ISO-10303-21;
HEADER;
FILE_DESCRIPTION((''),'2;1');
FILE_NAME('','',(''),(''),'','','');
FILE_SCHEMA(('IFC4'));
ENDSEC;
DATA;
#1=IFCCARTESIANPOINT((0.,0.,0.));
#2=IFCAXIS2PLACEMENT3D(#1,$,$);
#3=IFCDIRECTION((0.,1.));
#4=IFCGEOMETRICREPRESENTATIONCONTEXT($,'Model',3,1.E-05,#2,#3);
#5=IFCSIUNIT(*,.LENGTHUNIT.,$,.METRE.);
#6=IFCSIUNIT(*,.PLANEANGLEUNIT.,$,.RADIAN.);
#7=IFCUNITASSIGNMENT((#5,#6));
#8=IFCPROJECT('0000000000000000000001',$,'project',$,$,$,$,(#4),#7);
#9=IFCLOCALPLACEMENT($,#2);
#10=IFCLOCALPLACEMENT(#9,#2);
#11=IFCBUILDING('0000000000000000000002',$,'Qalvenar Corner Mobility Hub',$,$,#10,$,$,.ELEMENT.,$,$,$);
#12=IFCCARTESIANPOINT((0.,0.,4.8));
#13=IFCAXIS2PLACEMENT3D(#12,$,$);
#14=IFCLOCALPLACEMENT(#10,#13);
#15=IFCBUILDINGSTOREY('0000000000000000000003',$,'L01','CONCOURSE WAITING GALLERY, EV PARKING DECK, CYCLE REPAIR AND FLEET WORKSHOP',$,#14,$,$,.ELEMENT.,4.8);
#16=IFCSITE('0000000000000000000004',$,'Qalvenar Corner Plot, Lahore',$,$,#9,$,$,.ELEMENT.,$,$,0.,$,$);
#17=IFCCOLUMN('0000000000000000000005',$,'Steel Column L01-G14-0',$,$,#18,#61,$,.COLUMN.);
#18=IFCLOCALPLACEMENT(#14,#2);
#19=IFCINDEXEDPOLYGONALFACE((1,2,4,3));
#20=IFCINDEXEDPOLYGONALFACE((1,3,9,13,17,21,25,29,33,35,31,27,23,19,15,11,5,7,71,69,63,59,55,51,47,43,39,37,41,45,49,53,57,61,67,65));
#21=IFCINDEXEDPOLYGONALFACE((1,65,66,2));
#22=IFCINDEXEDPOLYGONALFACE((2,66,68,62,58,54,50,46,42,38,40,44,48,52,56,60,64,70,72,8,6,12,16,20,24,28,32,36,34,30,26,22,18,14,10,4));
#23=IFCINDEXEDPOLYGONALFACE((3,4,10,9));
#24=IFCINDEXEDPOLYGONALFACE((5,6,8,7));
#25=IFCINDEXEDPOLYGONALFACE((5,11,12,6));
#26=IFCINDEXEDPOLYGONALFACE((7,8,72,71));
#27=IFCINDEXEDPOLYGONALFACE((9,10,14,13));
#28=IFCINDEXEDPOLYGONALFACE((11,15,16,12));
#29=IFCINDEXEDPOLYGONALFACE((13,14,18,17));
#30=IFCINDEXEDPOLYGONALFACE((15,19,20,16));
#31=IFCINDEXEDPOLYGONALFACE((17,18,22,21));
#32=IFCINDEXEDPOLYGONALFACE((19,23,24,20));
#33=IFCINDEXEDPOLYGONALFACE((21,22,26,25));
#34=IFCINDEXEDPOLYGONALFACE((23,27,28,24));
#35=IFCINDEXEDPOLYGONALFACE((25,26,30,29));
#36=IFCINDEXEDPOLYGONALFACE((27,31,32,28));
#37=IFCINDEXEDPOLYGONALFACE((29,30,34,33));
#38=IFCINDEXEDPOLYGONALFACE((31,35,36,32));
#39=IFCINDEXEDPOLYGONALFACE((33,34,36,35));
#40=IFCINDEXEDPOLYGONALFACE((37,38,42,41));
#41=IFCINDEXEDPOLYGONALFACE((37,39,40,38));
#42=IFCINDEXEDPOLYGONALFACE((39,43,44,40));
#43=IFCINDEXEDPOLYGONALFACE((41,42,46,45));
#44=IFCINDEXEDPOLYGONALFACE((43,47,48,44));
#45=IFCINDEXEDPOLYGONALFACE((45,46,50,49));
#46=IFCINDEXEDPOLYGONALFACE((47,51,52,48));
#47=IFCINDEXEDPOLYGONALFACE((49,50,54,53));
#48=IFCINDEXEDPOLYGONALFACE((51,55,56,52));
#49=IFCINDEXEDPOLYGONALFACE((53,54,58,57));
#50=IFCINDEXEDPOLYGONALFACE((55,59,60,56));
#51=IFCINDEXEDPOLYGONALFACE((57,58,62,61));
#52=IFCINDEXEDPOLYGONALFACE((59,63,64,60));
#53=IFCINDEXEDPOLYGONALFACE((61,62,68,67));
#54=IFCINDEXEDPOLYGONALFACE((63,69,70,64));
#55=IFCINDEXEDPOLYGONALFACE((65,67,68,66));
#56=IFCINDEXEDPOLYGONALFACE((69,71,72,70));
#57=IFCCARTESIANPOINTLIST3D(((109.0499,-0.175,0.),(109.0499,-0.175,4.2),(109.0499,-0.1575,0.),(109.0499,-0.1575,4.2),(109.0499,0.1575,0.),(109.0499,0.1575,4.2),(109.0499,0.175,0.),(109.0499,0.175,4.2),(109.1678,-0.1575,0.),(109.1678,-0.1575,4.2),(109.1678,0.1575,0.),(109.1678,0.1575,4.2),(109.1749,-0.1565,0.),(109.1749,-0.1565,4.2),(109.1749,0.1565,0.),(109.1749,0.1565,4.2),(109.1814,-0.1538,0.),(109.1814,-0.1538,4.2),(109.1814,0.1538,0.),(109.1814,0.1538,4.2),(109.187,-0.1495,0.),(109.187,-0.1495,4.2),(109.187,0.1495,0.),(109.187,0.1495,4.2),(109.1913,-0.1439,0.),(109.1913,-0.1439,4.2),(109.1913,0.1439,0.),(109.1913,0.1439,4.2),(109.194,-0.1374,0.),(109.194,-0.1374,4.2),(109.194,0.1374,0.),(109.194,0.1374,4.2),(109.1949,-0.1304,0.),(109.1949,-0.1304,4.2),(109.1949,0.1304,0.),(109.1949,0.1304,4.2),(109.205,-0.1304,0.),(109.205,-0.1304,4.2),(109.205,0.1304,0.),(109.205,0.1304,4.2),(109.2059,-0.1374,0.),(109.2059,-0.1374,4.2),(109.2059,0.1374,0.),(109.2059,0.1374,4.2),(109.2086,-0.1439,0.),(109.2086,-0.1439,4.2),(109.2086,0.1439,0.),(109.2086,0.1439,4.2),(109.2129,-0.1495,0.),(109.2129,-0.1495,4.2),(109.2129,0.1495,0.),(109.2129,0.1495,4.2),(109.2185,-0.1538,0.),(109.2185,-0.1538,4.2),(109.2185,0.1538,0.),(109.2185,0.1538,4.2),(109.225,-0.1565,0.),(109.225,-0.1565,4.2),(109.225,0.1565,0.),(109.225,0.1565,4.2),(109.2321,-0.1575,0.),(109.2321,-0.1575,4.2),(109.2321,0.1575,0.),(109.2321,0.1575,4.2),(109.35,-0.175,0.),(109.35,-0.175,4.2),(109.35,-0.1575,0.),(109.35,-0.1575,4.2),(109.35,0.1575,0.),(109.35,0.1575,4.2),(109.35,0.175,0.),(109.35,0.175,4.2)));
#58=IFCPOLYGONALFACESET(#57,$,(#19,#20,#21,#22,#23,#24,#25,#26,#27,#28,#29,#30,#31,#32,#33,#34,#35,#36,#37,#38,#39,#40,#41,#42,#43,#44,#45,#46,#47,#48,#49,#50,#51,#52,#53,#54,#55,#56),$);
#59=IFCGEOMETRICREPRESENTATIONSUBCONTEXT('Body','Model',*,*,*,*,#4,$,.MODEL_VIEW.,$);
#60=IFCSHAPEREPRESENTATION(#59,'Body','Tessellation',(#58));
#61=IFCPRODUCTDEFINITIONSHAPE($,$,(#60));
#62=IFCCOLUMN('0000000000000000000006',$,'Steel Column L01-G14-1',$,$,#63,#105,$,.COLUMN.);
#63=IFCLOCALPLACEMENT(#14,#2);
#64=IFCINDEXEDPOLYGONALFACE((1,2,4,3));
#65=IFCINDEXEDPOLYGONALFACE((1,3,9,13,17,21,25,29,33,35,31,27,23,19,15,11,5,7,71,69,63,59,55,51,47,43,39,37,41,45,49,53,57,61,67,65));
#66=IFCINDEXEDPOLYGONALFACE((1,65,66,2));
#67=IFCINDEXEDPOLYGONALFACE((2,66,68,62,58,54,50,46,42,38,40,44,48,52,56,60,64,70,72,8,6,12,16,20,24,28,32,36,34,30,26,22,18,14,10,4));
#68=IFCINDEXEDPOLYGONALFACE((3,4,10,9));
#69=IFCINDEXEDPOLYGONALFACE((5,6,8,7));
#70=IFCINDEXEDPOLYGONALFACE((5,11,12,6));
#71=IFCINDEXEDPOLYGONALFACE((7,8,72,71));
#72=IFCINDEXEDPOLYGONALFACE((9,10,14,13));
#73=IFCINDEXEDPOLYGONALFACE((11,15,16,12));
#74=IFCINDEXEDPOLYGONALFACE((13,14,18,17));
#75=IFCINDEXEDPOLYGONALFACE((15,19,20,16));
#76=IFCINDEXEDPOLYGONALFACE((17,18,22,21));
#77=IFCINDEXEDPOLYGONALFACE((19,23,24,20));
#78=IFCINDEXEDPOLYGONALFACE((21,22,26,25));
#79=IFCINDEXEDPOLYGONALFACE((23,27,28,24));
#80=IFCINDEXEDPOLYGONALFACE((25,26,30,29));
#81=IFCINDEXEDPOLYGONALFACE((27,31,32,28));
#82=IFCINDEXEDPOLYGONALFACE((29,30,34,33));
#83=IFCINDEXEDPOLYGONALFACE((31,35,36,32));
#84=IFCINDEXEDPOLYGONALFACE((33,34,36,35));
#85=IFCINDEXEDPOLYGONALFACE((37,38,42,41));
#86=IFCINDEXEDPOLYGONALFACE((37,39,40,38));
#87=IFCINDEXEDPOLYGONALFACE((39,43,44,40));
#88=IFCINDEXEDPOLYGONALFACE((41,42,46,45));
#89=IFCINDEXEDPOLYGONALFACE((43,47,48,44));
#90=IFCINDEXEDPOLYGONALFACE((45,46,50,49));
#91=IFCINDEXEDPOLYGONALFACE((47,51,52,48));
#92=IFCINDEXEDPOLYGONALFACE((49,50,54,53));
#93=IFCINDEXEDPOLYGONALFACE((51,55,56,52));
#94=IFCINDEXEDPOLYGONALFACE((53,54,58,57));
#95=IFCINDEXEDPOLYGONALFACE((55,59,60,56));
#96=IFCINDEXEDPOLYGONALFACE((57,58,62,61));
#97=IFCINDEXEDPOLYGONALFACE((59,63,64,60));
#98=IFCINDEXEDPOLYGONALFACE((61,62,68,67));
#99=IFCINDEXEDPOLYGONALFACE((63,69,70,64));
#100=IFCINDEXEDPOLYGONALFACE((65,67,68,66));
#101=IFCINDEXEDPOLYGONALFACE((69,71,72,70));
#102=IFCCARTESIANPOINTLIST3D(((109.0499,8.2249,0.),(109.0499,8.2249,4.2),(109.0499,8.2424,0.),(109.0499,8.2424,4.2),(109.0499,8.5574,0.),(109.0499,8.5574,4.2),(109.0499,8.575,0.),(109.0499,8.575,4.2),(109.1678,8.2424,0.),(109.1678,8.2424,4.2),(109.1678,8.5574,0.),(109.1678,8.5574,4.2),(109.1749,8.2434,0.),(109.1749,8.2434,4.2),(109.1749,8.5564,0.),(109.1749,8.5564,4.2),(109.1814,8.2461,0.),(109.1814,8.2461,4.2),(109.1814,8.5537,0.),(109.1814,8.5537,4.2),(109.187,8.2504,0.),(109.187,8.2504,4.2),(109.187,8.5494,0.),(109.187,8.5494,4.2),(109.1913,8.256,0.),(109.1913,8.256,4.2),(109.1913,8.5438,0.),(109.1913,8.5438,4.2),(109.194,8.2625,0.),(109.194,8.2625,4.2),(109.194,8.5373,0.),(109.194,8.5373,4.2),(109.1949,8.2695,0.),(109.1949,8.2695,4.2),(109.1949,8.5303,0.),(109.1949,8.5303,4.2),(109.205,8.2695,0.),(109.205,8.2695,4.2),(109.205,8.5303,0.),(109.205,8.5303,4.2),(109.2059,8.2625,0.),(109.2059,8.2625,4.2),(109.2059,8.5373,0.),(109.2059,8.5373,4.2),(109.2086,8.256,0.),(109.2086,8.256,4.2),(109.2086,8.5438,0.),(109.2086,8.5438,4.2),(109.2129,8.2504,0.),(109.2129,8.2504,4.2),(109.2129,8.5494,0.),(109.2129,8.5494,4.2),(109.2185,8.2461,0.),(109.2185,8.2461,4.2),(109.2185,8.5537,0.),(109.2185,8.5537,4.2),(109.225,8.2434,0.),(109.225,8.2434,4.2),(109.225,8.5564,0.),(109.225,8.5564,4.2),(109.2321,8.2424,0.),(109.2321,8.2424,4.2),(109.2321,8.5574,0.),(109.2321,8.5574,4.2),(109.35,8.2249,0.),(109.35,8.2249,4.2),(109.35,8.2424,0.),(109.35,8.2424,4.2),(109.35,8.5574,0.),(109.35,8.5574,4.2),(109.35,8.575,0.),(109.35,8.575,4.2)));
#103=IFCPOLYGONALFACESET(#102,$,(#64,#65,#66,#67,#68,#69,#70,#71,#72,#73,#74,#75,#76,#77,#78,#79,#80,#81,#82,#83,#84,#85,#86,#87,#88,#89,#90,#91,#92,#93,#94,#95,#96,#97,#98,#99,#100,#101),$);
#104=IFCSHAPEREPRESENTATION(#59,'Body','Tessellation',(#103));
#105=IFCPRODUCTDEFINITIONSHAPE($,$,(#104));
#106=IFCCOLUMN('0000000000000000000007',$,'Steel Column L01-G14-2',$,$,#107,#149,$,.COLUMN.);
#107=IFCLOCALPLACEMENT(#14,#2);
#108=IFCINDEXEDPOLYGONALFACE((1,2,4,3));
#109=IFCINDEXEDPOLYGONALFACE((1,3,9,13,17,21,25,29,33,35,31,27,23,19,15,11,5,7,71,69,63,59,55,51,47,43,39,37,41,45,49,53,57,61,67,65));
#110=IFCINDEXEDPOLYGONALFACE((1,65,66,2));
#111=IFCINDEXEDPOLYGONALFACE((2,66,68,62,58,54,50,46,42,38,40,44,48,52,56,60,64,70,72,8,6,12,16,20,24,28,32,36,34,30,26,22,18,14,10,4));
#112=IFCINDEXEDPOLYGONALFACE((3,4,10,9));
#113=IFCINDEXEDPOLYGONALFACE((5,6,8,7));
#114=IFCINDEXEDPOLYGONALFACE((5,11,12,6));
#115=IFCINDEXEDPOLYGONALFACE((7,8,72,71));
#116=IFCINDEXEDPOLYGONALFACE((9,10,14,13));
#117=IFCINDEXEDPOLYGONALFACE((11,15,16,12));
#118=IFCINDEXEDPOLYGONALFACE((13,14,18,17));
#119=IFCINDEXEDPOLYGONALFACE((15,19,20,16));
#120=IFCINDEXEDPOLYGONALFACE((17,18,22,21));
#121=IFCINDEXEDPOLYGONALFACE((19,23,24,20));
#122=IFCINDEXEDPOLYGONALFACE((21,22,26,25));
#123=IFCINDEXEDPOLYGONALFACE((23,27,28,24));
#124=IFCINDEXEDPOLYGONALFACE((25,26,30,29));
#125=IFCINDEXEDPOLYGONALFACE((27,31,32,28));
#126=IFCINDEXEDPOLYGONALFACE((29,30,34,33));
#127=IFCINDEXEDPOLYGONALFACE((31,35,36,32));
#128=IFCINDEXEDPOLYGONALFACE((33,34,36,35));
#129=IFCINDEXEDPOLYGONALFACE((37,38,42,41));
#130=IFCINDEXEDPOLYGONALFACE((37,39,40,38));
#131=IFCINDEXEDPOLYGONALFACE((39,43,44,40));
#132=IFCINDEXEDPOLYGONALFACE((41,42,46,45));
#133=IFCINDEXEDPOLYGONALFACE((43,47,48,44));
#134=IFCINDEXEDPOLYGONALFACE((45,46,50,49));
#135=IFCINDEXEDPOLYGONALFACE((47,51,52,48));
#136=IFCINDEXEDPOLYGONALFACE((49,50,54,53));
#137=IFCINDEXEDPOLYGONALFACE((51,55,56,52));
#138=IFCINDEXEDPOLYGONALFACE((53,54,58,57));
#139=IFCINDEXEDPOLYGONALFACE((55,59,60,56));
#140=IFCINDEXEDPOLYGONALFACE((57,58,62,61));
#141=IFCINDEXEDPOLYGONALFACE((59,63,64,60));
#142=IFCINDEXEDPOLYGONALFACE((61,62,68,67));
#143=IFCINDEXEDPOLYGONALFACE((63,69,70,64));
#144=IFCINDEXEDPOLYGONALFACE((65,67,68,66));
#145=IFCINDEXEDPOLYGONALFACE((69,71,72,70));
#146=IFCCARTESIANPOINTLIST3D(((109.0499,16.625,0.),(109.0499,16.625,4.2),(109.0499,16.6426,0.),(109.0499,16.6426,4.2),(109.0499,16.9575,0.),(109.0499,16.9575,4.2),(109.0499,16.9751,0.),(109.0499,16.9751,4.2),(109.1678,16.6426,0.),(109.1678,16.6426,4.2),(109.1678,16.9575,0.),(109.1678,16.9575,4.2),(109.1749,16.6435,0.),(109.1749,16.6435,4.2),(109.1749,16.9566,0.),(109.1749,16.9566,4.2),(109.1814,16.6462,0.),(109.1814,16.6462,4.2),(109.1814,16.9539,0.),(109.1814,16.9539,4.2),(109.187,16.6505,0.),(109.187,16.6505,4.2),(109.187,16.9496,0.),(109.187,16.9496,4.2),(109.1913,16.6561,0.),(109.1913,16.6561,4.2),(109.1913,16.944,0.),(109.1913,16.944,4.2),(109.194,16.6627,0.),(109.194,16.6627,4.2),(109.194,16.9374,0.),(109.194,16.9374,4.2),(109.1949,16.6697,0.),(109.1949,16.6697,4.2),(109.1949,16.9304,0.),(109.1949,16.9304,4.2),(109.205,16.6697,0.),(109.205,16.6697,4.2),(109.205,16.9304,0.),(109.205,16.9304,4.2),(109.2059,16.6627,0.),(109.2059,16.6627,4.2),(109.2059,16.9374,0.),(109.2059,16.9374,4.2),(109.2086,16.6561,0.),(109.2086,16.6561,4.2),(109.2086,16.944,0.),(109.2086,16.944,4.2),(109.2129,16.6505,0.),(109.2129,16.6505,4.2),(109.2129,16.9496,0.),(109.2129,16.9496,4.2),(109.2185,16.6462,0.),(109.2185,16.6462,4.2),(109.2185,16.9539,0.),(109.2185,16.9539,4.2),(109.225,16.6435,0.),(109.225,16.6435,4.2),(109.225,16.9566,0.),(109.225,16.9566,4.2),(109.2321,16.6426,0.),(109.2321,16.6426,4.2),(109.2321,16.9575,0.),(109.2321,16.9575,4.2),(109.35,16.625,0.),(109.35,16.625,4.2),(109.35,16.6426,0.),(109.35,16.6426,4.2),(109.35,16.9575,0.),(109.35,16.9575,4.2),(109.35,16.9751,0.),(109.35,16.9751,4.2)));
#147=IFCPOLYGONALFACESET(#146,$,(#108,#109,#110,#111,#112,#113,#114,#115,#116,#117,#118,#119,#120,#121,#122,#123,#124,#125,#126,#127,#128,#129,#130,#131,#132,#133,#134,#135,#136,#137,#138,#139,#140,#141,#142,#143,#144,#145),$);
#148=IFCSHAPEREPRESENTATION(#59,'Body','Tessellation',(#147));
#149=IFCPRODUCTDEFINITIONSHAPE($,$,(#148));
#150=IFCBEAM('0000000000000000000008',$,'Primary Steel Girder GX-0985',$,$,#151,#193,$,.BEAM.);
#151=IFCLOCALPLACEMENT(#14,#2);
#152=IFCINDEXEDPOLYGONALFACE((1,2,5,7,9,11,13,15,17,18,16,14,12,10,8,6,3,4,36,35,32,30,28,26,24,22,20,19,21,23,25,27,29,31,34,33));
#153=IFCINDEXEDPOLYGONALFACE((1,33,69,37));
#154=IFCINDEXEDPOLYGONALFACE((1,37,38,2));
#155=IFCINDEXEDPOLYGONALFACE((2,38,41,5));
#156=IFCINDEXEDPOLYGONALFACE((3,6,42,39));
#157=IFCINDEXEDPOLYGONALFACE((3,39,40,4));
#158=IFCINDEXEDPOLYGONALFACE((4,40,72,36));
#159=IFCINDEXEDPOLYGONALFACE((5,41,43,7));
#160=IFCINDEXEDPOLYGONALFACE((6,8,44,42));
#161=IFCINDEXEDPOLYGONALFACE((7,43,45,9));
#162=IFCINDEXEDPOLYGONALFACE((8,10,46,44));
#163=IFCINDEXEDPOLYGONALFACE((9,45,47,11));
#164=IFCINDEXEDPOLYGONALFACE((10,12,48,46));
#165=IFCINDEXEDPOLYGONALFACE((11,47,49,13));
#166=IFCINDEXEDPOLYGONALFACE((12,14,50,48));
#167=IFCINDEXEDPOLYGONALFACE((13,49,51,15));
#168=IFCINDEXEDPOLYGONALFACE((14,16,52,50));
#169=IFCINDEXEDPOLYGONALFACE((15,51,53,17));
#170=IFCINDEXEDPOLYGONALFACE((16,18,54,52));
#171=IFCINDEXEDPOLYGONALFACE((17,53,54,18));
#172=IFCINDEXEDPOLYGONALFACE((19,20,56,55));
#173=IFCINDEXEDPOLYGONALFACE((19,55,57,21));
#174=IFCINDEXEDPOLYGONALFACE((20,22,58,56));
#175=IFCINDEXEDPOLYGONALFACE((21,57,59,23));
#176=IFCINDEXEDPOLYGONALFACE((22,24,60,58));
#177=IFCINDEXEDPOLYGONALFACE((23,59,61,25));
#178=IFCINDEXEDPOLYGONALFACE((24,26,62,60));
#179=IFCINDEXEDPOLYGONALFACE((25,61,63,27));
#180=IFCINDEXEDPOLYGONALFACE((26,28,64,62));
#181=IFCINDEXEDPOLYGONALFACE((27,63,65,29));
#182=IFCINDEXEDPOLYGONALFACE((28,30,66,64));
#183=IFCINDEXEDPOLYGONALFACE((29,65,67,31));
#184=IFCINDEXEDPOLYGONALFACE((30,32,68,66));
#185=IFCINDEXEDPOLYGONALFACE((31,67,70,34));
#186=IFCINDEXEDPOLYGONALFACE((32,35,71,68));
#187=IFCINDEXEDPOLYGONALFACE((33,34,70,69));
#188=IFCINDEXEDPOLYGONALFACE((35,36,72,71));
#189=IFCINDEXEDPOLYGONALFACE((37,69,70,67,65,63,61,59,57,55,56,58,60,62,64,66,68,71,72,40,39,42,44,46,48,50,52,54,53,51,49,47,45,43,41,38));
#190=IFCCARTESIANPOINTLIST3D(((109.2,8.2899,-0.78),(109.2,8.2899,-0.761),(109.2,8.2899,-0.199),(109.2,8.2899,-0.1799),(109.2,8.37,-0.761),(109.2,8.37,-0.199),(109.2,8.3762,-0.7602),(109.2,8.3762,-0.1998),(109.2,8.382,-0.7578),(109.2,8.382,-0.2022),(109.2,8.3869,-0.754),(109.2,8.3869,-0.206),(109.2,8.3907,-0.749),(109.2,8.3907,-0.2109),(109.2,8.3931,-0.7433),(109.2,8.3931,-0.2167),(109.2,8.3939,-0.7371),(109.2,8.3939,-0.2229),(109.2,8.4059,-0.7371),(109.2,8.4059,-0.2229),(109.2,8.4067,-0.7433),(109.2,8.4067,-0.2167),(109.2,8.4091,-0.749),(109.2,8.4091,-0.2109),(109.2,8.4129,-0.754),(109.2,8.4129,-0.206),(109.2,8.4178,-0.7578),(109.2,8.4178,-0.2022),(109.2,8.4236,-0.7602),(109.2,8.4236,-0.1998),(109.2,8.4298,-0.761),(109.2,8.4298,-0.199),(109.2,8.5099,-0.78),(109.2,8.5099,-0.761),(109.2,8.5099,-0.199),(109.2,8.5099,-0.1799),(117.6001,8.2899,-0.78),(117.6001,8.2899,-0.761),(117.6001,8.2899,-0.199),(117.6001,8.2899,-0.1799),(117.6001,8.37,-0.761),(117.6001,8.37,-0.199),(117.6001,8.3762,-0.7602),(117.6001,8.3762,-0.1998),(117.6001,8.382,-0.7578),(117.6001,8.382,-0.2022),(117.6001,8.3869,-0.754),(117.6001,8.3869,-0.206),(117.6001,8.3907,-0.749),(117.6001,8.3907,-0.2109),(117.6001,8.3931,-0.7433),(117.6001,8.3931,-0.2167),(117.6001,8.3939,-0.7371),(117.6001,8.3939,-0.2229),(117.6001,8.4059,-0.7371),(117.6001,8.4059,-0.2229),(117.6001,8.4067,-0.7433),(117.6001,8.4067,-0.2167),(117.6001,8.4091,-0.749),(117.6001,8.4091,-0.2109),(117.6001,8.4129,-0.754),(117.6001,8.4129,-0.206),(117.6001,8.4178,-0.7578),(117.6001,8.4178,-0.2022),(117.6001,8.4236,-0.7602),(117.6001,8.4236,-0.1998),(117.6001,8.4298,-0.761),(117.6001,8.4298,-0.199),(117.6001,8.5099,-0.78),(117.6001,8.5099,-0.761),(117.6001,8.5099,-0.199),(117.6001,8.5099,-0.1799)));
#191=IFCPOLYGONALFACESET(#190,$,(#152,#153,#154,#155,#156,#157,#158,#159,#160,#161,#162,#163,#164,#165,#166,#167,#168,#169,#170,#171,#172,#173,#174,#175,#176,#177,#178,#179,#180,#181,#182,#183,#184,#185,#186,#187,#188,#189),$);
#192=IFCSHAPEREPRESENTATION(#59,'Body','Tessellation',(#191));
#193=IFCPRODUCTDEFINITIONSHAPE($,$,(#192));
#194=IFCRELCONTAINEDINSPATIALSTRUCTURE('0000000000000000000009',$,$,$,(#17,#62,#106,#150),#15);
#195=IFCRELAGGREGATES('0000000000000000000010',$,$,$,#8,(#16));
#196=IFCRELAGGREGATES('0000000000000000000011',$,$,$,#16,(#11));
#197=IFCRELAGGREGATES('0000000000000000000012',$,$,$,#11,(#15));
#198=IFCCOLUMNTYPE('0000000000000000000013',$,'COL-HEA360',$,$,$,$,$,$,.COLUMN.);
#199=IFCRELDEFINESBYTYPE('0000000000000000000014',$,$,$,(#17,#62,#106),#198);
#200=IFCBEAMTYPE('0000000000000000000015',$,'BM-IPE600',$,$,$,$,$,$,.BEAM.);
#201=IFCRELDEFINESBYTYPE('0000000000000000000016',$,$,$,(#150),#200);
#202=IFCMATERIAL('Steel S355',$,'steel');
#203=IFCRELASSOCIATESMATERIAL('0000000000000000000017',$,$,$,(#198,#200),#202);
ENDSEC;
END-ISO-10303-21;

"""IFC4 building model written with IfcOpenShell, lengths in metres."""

from ifc_helpers import new_model, si_unit, direction, frame, origin, origin_2d, place, context, subcontext, project, spatial, i_section, extrude, material, material_profile, profile_set, type_object, element, save


model = new_model("IFC4")

# Units and contexts
model_context = context("Model", 3, precision=1e-05, world=origin(), true_north=direction((0.0, 1.0)))
body_context = subcontext(model_context, "Body", "Model", "MODEL_VIEW")
ifc_project = project(units=[si_unit("LENGTHUNIT", "METRE"), si_unit("PLANEANGLEUNIT", "RADIAN")], contexts=[model_context])

# Site, building, storey
site_placement = place(None, origin())
site = spatial("IfcSite", under=ifc_project, at=site_placement, Name="Qalvenar Corner Plot, Lahore", CompositionType="ELEMENT", RefElevation=0.0)
building_placement = place(site_placement, origin())
building = spatial("IfcBuilding", under=site, at=building_placement, Name="Qalvenar Corner Mobility Hub", CompositionType="ELEMENT")
storey_placement = place(building_placement, frame((0.0, 0.0, 4.8)))
storey = spatial("IfcBuildingStorey", under=building, at=storey_placement, Name="L01", Description="CONCOURSE WAITING GALLERY, EV PARKING DECK, CYCLE REPAIR AND FLEET WORKSHOP", CompositionType="ELEMENT", Elevation=4.8)

# Columns
ifc_material_1 = material(Name="Steel S355", Category="steel")
ifc_material_profile_1 = material_profile(ifc_material_1, i_section(OverallWidth=0.3, OverallDepth=0.3501, WebThickness=0.01, FlangeThickness=0.0176, FilletRadius=0.0271, at=origin_2d()), Name="HEA360")
ifc_profile_set_1 = profile_set([ifc_material_profile_1], Name="Steel S355")
column_type = type_object("IfcColumnType", Name="COL-HEA360", PredefinedType="COLUMN", material=ifc_profile_set_1)
for number, where, z_axis, x_axis, name in (
    (1, (109.2, 0.0, 0.0), (0.0, 0.0, 1.0), (1.0, 0.0, 0.0), "Steel Column L01-G14-0"),
    (2, (109.2, 8.3999, 0.0), (0.0, 0.0, 1.0), (1.0, 0.0, 0.0), "Steel Column L01-G14-1"),
    (3, (109.2, 16.8, 0.0), (0.0, 0.0, 1.0), (1.0, 0.0, 0.0), "Steel Column L01-G14-2"),
):
    element("IfcColumn", number, at=place(storey_placement, frame(where, z_axis=z_axis, x_axis=x_axis)), inside=storey, type_object=column_type, Name=name, PredefinedType="COLUMN", context=body_context, shape_type="SweptSolid", body=[
        extrude(i_section(OverallWidth=0.3, OverallDepth=0.3501, WebThickness=0.01, FlangeThickness=0.0176, FilletRadius=0.0271, at=origin_2d()), origin(), (0.0, 0.0, 1.0), 4.2),
    ])

# Beam
ifc_material_profile_2 = material_profile(ifc_material_1, i_section(OverallWidth=0.22, OverallDepth=0.6001, WebThickness=0.012, FlangeThickness=0.019, FilletRadius=0.0239, at=origin_2d()), Name="IPE600")
ifc_profile_set_2 = profile_set([ifc_material_profile_2], Name="Steel S355")
beam_type_1 = type_object("IfcBeamType", Name="BM-IPE600", PredefinedType="BEAM", material=ifc_profile_set_2)
for number, where, z_axis, x_axis, name in (
    (4, (109.2, 8.3999, -0.48), (1.0, 0.0, 0.0), (0.0, 1.0, 0.0), "Primary Steel Girder GX-0985"),
):
    element("IfcBeam", number, at=place(storey_placement, frame(where, z_axis=z_axis, x_axis=x_axis)), inside=storey, type_object=beam_type_1, Name=name, PredefinedType="BEAM", context=body_context, shape_type="SweptSolid", body=[
        extrude(i_section(OverallWidth=0.22, OverallDepth=0.6001, WebThickness=0.012, FlangeThickness=0.019, FilletRadius=0.0239, at=origin_2d()), origin(), (0.0, 0.0, 1.0), 8.4001),
    ])

save(model, "model.ifc")
